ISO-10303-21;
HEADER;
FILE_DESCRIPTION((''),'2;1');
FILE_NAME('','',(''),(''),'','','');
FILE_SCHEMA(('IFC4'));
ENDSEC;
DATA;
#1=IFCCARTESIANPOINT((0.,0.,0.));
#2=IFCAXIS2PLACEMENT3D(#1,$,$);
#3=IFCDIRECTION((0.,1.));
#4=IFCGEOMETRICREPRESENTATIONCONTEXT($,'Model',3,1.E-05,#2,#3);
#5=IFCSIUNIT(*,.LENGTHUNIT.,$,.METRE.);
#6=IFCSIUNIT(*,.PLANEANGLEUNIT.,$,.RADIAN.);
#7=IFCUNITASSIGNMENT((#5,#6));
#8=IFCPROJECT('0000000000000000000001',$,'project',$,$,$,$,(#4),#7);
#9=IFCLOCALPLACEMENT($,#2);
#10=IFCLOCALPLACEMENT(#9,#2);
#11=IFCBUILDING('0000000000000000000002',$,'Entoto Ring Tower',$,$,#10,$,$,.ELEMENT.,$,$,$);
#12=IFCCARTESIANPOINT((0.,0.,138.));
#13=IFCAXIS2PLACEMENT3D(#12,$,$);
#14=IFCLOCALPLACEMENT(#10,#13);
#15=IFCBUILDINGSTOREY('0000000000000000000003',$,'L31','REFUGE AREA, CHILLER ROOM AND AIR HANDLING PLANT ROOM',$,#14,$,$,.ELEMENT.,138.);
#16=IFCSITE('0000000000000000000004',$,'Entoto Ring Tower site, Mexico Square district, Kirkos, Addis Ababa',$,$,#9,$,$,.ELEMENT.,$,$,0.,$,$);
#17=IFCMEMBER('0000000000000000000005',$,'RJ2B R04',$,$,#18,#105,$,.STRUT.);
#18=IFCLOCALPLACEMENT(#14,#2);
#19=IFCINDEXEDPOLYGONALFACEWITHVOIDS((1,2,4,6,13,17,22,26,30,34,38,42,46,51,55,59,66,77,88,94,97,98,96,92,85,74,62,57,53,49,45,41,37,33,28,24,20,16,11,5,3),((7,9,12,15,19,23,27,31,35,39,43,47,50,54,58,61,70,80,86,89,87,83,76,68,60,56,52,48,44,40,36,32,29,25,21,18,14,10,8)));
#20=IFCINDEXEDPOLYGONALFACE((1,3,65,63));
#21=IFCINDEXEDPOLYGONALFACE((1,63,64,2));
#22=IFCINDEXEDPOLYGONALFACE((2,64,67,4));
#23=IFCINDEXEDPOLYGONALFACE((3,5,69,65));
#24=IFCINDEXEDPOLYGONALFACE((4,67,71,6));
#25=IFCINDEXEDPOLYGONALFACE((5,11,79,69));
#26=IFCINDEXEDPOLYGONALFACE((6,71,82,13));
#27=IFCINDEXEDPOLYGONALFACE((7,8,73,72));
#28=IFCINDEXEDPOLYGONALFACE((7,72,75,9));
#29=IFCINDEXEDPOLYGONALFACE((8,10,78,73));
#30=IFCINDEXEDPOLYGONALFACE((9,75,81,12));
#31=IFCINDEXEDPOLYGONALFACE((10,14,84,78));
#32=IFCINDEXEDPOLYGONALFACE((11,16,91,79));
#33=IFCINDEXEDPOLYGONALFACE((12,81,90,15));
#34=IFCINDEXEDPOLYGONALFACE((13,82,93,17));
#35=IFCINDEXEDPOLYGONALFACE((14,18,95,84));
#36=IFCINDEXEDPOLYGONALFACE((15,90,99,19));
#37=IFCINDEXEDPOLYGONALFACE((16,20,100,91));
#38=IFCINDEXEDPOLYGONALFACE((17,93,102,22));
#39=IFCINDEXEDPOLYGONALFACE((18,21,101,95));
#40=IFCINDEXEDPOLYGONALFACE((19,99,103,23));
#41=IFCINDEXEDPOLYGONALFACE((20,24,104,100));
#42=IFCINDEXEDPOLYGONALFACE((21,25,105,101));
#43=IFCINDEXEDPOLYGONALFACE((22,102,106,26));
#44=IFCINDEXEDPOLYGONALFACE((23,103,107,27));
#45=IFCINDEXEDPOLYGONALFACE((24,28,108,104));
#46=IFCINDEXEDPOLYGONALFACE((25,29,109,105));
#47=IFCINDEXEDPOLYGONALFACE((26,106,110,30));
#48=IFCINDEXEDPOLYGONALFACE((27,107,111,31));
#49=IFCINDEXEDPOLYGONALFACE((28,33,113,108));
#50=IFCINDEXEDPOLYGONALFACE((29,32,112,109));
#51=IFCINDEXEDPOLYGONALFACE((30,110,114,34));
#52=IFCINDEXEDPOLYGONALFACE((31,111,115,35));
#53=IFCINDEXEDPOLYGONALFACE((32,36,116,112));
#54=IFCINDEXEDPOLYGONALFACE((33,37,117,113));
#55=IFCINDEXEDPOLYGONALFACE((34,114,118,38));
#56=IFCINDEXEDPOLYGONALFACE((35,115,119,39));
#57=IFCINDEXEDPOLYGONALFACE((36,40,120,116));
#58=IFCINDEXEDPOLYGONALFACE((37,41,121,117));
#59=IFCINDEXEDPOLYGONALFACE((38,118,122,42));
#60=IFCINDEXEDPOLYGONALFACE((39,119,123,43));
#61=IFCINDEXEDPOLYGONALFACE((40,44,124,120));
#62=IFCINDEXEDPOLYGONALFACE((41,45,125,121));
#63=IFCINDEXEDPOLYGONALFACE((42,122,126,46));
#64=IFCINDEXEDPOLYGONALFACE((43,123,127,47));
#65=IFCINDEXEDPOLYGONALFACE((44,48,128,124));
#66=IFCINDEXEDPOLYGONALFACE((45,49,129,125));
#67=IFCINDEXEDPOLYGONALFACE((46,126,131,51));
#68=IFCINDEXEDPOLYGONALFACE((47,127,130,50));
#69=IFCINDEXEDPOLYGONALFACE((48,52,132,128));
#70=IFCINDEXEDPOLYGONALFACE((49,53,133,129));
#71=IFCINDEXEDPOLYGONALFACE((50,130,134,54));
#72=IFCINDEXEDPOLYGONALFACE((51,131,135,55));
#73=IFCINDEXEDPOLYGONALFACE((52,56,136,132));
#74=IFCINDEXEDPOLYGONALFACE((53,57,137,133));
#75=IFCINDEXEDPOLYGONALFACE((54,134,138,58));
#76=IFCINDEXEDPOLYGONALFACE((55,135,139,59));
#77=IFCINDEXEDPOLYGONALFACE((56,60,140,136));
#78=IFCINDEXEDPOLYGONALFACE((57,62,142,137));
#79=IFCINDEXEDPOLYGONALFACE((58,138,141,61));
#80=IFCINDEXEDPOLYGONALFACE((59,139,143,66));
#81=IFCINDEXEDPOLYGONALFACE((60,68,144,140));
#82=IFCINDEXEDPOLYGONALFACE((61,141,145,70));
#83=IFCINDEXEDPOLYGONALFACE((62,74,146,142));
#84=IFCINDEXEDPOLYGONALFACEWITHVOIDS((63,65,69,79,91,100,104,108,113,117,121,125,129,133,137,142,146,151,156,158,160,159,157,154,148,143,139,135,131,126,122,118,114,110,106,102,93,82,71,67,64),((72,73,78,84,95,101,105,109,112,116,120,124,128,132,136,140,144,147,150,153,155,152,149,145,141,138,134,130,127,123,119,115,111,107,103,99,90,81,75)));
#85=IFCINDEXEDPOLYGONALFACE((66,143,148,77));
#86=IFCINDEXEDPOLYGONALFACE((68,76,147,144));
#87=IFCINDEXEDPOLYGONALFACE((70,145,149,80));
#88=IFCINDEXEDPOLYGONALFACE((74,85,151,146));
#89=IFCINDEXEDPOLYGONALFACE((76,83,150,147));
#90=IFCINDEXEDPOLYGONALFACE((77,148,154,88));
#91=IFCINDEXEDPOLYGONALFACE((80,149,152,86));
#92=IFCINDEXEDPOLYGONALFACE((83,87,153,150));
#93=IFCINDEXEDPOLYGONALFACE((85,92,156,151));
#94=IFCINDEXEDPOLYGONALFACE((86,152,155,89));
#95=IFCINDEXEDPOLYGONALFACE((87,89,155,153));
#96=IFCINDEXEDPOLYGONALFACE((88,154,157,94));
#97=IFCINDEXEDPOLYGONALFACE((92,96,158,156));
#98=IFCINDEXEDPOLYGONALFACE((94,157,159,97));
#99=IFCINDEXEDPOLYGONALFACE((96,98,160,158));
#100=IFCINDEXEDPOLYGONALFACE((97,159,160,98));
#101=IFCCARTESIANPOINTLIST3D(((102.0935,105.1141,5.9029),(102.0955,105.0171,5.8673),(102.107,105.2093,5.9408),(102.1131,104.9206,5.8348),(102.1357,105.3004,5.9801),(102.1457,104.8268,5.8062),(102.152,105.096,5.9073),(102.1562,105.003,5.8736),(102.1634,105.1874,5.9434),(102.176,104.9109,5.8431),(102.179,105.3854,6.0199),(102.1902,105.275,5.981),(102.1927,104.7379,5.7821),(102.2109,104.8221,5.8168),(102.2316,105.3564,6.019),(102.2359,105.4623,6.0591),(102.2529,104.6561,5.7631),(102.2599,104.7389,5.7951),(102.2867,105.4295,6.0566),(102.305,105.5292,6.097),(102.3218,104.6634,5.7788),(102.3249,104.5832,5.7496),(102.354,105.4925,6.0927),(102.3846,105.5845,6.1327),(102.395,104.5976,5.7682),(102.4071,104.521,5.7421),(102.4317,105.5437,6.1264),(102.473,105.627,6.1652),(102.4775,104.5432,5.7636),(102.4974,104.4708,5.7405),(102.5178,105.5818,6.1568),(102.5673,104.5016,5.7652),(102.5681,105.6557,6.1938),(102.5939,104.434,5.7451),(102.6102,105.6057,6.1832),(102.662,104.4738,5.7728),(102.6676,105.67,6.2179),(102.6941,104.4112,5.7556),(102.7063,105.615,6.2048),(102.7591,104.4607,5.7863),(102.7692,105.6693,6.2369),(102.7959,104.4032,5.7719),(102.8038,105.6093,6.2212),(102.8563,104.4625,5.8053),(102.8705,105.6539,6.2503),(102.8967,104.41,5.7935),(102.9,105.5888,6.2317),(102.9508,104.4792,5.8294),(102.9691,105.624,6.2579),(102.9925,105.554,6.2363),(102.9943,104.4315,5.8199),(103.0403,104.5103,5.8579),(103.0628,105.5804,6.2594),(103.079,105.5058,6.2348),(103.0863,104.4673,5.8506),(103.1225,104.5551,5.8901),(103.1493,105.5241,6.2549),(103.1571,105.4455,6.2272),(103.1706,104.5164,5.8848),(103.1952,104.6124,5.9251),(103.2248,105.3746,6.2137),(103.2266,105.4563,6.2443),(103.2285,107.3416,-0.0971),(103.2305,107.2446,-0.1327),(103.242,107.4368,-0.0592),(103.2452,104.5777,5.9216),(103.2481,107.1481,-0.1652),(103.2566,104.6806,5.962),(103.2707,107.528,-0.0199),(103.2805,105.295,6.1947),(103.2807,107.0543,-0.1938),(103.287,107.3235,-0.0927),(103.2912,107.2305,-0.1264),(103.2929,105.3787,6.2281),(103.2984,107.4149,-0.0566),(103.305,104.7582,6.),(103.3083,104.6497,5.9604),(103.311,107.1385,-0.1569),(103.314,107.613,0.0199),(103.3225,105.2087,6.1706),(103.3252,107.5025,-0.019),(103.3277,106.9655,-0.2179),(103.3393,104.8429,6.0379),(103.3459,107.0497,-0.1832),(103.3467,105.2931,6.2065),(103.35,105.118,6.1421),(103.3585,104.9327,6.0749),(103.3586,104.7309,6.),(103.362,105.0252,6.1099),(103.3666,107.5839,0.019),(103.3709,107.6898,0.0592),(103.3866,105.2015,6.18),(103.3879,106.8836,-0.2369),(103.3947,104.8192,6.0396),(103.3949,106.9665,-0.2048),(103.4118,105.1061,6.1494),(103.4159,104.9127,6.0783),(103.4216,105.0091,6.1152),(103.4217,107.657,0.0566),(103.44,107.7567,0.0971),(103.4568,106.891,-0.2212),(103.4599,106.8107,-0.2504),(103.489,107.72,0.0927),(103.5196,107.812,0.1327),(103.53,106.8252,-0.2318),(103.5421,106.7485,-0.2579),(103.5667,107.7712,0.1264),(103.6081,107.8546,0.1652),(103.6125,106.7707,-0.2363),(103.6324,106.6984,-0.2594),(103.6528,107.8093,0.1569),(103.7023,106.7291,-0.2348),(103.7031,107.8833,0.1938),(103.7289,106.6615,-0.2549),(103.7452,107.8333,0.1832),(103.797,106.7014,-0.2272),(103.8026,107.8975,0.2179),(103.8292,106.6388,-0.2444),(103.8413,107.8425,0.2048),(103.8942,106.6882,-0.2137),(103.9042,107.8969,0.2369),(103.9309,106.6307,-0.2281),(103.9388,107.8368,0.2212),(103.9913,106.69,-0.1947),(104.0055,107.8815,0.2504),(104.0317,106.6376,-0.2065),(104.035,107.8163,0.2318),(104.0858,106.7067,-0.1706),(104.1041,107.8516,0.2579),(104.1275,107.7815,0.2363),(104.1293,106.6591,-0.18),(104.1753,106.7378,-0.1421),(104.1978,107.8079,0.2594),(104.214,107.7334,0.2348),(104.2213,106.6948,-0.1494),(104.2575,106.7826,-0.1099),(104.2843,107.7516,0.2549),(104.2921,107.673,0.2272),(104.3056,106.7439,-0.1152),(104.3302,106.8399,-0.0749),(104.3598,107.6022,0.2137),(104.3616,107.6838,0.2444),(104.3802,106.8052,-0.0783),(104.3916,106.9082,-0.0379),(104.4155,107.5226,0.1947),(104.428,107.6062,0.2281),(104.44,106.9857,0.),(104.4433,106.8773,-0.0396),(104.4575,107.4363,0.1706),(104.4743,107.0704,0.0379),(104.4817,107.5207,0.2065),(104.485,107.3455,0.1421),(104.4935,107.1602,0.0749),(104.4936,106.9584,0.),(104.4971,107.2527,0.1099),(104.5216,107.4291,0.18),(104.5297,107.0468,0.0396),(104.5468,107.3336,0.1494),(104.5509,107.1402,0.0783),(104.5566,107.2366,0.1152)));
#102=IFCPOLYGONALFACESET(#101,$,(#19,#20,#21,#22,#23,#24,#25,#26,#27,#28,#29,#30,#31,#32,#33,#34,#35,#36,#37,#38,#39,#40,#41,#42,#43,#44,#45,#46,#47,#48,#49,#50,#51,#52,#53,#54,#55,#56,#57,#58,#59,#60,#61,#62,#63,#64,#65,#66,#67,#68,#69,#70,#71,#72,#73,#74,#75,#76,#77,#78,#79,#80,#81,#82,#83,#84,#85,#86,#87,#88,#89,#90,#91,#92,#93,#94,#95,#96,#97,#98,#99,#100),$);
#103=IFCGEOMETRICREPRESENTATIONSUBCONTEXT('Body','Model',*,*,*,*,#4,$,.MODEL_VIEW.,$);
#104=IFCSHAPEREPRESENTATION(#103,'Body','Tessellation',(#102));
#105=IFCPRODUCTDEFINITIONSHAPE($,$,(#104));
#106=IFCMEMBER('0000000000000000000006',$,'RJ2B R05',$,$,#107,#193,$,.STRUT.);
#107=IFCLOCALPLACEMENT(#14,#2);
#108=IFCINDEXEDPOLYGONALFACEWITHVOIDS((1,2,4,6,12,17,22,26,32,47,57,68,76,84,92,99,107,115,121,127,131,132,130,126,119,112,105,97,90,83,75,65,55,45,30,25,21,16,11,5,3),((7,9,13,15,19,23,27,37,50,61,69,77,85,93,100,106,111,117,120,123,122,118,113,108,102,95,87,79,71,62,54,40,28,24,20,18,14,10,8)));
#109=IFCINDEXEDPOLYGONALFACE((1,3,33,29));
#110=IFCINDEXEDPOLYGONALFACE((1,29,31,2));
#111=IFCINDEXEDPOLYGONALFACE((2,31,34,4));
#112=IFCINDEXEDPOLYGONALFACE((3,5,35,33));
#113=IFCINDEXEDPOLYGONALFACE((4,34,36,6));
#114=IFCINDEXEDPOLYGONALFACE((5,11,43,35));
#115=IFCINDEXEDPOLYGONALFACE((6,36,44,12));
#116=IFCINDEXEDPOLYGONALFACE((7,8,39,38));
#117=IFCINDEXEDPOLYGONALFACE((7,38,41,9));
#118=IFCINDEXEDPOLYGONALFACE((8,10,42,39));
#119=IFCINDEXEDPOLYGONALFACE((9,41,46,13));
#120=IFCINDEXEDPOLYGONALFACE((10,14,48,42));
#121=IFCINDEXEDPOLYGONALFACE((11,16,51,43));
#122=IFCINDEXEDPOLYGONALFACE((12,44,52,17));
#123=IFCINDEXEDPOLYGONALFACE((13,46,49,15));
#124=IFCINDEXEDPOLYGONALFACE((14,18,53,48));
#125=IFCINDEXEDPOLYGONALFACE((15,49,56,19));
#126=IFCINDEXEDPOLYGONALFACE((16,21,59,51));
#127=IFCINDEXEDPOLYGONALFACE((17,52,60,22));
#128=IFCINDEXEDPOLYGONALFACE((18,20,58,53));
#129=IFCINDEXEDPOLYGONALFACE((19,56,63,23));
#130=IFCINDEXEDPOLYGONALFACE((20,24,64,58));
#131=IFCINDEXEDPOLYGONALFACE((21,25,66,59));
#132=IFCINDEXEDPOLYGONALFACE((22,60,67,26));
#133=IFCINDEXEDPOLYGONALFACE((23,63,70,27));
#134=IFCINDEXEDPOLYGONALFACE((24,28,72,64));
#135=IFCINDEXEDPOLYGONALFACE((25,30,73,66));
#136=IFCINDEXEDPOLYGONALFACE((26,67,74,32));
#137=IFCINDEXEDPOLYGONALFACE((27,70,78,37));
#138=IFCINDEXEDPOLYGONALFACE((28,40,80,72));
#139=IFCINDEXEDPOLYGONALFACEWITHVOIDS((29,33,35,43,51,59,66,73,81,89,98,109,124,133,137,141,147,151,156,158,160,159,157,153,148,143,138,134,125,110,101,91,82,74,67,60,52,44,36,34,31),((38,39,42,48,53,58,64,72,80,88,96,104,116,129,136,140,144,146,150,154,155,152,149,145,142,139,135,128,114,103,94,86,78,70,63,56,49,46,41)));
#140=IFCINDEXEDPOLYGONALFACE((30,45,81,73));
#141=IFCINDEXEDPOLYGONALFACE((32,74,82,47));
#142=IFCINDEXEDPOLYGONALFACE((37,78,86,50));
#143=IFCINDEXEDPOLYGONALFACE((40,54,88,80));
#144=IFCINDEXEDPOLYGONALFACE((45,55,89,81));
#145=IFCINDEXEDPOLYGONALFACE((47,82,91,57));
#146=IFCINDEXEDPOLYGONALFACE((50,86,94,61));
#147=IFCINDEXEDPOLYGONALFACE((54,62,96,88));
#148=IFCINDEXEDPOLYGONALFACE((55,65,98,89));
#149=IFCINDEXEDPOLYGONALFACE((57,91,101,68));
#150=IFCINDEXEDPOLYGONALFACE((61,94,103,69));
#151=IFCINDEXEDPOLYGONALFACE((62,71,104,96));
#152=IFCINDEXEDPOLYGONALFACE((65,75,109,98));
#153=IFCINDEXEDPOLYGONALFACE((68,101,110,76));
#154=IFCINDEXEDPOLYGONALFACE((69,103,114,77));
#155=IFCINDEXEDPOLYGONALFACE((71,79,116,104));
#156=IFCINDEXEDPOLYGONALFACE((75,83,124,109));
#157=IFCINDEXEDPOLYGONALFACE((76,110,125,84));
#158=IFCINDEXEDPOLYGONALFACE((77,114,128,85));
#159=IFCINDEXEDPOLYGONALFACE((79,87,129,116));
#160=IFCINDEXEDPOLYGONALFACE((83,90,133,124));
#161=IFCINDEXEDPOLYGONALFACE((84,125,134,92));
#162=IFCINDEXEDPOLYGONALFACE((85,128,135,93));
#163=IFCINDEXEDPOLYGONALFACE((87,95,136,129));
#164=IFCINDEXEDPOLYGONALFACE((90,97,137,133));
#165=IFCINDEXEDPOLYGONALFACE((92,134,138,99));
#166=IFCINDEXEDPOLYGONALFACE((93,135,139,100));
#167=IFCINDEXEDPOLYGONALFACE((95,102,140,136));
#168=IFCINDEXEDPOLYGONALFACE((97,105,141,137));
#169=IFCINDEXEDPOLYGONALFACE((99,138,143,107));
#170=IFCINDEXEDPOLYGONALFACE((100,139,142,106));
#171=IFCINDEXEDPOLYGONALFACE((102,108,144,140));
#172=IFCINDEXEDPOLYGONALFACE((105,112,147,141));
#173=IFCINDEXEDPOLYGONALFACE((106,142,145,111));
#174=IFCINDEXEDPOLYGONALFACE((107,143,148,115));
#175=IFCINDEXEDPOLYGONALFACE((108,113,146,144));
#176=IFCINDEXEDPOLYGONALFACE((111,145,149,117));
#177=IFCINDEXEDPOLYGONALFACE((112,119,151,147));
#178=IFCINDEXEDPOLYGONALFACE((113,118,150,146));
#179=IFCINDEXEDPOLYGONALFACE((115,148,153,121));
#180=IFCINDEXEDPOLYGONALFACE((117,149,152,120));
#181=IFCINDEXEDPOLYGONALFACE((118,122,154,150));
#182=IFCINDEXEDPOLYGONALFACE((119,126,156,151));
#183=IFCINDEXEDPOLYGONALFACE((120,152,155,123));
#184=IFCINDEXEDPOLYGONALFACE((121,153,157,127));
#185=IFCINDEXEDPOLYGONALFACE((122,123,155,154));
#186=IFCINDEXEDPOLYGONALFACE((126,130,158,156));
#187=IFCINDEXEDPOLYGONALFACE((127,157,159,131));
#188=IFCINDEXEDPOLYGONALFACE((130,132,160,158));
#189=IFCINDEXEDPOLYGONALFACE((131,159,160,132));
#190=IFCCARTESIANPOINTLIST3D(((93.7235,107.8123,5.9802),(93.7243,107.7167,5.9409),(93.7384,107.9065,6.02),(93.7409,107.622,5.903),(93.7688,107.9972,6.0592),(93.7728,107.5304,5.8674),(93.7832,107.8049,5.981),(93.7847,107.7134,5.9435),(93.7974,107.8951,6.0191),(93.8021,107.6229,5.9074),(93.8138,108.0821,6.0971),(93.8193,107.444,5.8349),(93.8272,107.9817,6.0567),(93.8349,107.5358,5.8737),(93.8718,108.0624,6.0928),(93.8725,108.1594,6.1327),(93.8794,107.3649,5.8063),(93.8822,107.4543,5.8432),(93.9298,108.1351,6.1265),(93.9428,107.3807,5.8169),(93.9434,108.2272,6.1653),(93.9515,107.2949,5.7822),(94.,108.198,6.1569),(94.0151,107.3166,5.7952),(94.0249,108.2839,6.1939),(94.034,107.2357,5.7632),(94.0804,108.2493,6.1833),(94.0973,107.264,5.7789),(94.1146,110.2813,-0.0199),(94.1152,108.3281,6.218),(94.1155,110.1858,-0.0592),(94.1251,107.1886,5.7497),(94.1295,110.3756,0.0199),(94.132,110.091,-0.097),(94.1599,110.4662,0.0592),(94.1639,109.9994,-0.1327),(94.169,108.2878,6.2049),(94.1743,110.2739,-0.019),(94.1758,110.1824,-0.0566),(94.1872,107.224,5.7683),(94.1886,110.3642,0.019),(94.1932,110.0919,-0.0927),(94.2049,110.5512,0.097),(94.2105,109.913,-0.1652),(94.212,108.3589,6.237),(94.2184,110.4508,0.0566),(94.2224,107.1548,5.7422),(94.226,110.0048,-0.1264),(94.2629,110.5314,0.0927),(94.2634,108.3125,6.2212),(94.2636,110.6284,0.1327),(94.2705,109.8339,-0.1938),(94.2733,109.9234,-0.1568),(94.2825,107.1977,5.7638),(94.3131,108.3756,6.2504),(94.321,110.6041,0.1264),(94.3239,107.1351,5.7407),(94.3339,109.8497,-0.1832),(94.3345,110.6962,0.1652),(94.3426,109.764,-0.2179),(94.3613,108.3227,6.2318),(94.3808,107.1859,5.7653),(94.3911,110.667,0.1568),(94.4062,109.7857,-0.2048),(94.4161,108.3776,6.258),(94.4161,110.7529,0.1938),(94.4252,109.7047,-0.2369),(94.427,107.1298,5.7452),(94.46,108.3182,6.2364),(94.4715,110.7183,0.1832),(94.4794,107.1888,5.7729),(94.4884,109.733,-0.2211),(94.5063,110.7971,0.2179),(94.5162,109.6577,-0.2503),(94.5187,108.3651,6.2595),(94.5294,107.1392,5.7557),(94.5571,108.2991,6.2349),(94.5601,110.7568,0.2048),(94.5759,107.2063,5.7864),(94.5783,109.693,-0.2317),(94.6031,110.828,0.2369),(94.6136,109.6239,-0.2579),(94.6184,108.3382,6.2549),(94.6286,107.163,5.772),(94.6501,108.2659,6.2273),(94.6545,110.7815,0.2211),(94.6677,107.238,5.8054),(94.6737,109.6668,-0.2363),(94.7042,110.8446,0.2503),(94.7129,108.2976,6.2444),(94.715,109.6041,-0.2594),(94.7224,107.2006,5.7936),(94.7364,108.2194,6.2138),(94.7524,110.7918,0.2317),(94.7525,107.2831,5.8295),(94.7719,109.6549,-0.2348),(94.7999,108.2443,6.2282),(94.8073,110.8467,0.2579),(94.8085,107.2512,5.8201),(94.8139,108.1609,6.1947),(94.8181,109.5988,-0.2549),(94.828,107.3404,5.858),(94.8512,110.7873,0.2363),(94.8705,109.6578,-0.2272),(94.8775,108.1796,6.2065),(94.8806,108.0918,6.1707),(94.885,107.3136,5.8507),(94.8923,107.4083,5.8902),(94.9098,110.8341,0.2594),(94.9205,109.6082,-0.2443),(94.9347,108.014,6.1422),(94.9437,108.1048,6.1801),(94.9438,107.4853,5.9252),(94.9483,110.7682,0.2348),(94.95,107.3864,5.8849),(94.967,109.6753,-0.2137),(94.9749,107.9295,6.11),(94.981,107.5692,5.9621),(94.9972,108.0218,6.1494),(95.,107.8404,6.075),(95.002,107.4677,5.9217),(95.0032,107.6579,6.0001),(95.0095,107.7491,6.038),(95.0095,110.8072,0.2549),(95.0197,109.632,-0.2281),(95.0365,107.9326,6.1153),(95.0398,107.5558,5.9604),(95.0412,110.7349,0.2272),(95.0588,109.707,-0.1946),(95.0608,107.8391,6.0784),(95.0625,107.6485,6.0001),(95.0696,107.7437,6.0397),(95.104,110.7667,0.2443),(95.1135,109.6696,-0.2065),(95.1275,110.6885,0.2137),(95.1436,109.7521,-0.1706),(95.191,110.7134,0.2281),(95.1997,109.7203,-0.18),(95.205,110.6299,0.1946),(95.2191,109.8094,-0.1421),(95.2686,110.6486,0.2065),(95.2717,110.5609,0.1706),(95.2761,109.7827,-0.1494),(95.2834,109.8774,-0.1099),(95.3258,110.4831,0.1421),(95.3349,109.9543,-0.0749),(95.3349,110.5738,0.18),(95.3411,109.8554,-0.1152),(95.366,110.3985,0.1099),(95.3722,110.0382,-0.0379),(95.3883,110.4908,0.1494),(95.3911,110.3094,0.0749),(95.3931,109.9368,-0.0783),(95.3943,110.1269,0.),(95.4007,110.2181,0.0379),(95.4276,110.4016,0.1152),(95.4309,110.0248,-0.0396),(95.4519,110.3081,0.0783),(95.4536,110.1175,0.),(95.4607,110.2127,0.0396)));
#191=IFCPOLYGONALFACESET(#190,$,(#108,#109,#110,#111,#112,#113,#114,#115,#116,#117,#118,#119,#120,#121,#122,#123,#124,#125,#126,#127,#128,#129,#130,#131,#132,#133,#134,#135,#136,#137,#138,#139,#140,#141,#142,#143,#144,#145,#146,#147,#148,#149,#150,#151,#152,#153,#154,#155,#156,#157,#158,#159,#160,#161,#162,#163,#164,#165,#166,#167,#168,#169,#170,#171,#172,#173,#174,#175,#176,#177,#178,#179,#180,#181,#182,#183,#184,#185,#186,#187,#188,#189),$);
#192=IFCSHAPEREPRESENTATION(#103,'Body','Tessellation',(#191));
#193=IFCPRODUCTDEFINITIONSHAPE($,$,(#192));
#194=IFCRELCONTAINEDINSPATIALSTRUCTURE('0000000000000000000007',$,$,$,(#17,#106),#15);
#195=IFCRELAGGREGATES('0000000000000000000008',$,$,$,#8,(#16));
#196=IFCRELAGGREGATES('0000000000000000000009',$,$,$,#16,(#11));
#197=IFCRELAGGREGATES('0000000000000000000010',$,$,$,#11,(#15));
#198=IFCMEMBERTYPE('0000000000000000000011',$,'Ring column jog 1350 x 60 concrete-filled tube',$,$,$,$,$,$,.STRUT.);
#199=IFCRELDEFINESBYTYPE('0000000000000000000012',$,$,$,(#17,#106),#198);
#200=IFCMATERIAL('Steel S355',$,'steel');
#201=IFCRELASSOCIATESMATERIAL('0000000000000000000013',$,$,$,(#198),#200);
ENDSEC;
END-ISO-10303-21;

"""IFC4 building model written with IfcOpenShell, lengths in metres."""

from ifc_helpers import new_model, si_unit, direction, frame, origin, origin_2d, place, context, subcontext, project, spatial, circle, hollow_circle, extrude, material, material_profile, profile_set, type_object, element, save


model = new_model("IFC4")

# Units and contexts
model_context = context("Model", 3, precision=1e-05, world=origin(), true_north=direction((0.0, 1.0)))
body_context = subcontext(model_context, "Body", "Model", "MODEL_VIEW")
ifc_project = project(units=[si_unit("LENGTHUNIT", "METRE"), si_unit("PLANEANGLEUNIT", "RADIAN")], contexts=[model_context])

# Site, building, storey
site_placement = place(None, origin())
site = spatial("IfcSite", under=ifc_project, at=site_placement, Name="Entoto Ring Tower site, Mexico Square district, Kirkos, Addis Ababa", CompositionType="ELEMENT", RefElevation=0.0)
building_placement = place(site_placement, origin())
building = spatial("IfcBuilding", under=site, at=building_placement, Name="Entoto Ring Tower", CompositionType="ELEMENT")
storey_placement = place(building_placement, frame((0.0, 0.0, 138.0)))
storey = spatial("IfcBuildingStorey", under=building, at=storey_placement, Name="L31", Description="REFUGE AREA, CHILLER ROOM AND AIR HANDLING PLANT ROOM", CompositionType="ELEMENT", Elevation=138.0)

# Members
ifc_material_1 = material(Name="Steel S355", Category="steel")
ifc_material_profile_1 = material_profile(ifc_material_1, hollow_circle(Radius=0.675, WallThickness=0.0601, at=origin_2d()), Name="CHS 1350 x 60")
ifc_material_2 = material(Name="Concrete C60/75", Category="concrete")
ifc_material_profile_2 = material_profile(ifc_material_2, circle(Radius=0.615, at=origin_2d()), Name="Concrete C60/75 infill")
ifc_profile_set_1 = profile_set([ifc_material_profile_1, ifc_material_profile_2], Name="Steel S355")
member_type_1 = type_object("IfcMemberType", Name="Ring column jog 1350 x 60 concrete-filled tube", PredefinedType="STRUT", material=ifc_profile_set_1)
for number, where, z_axis, x_axis, name in (
    (1, (103.8921, 107.2649, 0.0), (-0.174617, -0.342698, 0.923075), (0.891003, -0.453997, 0.0), "RJ2B R04"),
    (2, (94.7869, 110.2231, 0.0), (-0.060172, -0.37985, 0.923089), (0.987684, -0.156459, 0.0), "RJ2B R05"),
):
    element("IfcMember", number, at=place(storey_placement, frame(where, z_axis=z_axis, x_axis=x_axis)), inside=storey, type_object=member_type_1, Name=name, PredefinedType="STRUT", context=body_context, shape_type="SweptSolid", body=[
        extrude(hollow_circle(Radius=0.675, WallThickness=0.0601, at=origin_2d()), origin(), (0.0, 0.0, 1.0), 6.5),
    ])

save(model, "model.ifc")
